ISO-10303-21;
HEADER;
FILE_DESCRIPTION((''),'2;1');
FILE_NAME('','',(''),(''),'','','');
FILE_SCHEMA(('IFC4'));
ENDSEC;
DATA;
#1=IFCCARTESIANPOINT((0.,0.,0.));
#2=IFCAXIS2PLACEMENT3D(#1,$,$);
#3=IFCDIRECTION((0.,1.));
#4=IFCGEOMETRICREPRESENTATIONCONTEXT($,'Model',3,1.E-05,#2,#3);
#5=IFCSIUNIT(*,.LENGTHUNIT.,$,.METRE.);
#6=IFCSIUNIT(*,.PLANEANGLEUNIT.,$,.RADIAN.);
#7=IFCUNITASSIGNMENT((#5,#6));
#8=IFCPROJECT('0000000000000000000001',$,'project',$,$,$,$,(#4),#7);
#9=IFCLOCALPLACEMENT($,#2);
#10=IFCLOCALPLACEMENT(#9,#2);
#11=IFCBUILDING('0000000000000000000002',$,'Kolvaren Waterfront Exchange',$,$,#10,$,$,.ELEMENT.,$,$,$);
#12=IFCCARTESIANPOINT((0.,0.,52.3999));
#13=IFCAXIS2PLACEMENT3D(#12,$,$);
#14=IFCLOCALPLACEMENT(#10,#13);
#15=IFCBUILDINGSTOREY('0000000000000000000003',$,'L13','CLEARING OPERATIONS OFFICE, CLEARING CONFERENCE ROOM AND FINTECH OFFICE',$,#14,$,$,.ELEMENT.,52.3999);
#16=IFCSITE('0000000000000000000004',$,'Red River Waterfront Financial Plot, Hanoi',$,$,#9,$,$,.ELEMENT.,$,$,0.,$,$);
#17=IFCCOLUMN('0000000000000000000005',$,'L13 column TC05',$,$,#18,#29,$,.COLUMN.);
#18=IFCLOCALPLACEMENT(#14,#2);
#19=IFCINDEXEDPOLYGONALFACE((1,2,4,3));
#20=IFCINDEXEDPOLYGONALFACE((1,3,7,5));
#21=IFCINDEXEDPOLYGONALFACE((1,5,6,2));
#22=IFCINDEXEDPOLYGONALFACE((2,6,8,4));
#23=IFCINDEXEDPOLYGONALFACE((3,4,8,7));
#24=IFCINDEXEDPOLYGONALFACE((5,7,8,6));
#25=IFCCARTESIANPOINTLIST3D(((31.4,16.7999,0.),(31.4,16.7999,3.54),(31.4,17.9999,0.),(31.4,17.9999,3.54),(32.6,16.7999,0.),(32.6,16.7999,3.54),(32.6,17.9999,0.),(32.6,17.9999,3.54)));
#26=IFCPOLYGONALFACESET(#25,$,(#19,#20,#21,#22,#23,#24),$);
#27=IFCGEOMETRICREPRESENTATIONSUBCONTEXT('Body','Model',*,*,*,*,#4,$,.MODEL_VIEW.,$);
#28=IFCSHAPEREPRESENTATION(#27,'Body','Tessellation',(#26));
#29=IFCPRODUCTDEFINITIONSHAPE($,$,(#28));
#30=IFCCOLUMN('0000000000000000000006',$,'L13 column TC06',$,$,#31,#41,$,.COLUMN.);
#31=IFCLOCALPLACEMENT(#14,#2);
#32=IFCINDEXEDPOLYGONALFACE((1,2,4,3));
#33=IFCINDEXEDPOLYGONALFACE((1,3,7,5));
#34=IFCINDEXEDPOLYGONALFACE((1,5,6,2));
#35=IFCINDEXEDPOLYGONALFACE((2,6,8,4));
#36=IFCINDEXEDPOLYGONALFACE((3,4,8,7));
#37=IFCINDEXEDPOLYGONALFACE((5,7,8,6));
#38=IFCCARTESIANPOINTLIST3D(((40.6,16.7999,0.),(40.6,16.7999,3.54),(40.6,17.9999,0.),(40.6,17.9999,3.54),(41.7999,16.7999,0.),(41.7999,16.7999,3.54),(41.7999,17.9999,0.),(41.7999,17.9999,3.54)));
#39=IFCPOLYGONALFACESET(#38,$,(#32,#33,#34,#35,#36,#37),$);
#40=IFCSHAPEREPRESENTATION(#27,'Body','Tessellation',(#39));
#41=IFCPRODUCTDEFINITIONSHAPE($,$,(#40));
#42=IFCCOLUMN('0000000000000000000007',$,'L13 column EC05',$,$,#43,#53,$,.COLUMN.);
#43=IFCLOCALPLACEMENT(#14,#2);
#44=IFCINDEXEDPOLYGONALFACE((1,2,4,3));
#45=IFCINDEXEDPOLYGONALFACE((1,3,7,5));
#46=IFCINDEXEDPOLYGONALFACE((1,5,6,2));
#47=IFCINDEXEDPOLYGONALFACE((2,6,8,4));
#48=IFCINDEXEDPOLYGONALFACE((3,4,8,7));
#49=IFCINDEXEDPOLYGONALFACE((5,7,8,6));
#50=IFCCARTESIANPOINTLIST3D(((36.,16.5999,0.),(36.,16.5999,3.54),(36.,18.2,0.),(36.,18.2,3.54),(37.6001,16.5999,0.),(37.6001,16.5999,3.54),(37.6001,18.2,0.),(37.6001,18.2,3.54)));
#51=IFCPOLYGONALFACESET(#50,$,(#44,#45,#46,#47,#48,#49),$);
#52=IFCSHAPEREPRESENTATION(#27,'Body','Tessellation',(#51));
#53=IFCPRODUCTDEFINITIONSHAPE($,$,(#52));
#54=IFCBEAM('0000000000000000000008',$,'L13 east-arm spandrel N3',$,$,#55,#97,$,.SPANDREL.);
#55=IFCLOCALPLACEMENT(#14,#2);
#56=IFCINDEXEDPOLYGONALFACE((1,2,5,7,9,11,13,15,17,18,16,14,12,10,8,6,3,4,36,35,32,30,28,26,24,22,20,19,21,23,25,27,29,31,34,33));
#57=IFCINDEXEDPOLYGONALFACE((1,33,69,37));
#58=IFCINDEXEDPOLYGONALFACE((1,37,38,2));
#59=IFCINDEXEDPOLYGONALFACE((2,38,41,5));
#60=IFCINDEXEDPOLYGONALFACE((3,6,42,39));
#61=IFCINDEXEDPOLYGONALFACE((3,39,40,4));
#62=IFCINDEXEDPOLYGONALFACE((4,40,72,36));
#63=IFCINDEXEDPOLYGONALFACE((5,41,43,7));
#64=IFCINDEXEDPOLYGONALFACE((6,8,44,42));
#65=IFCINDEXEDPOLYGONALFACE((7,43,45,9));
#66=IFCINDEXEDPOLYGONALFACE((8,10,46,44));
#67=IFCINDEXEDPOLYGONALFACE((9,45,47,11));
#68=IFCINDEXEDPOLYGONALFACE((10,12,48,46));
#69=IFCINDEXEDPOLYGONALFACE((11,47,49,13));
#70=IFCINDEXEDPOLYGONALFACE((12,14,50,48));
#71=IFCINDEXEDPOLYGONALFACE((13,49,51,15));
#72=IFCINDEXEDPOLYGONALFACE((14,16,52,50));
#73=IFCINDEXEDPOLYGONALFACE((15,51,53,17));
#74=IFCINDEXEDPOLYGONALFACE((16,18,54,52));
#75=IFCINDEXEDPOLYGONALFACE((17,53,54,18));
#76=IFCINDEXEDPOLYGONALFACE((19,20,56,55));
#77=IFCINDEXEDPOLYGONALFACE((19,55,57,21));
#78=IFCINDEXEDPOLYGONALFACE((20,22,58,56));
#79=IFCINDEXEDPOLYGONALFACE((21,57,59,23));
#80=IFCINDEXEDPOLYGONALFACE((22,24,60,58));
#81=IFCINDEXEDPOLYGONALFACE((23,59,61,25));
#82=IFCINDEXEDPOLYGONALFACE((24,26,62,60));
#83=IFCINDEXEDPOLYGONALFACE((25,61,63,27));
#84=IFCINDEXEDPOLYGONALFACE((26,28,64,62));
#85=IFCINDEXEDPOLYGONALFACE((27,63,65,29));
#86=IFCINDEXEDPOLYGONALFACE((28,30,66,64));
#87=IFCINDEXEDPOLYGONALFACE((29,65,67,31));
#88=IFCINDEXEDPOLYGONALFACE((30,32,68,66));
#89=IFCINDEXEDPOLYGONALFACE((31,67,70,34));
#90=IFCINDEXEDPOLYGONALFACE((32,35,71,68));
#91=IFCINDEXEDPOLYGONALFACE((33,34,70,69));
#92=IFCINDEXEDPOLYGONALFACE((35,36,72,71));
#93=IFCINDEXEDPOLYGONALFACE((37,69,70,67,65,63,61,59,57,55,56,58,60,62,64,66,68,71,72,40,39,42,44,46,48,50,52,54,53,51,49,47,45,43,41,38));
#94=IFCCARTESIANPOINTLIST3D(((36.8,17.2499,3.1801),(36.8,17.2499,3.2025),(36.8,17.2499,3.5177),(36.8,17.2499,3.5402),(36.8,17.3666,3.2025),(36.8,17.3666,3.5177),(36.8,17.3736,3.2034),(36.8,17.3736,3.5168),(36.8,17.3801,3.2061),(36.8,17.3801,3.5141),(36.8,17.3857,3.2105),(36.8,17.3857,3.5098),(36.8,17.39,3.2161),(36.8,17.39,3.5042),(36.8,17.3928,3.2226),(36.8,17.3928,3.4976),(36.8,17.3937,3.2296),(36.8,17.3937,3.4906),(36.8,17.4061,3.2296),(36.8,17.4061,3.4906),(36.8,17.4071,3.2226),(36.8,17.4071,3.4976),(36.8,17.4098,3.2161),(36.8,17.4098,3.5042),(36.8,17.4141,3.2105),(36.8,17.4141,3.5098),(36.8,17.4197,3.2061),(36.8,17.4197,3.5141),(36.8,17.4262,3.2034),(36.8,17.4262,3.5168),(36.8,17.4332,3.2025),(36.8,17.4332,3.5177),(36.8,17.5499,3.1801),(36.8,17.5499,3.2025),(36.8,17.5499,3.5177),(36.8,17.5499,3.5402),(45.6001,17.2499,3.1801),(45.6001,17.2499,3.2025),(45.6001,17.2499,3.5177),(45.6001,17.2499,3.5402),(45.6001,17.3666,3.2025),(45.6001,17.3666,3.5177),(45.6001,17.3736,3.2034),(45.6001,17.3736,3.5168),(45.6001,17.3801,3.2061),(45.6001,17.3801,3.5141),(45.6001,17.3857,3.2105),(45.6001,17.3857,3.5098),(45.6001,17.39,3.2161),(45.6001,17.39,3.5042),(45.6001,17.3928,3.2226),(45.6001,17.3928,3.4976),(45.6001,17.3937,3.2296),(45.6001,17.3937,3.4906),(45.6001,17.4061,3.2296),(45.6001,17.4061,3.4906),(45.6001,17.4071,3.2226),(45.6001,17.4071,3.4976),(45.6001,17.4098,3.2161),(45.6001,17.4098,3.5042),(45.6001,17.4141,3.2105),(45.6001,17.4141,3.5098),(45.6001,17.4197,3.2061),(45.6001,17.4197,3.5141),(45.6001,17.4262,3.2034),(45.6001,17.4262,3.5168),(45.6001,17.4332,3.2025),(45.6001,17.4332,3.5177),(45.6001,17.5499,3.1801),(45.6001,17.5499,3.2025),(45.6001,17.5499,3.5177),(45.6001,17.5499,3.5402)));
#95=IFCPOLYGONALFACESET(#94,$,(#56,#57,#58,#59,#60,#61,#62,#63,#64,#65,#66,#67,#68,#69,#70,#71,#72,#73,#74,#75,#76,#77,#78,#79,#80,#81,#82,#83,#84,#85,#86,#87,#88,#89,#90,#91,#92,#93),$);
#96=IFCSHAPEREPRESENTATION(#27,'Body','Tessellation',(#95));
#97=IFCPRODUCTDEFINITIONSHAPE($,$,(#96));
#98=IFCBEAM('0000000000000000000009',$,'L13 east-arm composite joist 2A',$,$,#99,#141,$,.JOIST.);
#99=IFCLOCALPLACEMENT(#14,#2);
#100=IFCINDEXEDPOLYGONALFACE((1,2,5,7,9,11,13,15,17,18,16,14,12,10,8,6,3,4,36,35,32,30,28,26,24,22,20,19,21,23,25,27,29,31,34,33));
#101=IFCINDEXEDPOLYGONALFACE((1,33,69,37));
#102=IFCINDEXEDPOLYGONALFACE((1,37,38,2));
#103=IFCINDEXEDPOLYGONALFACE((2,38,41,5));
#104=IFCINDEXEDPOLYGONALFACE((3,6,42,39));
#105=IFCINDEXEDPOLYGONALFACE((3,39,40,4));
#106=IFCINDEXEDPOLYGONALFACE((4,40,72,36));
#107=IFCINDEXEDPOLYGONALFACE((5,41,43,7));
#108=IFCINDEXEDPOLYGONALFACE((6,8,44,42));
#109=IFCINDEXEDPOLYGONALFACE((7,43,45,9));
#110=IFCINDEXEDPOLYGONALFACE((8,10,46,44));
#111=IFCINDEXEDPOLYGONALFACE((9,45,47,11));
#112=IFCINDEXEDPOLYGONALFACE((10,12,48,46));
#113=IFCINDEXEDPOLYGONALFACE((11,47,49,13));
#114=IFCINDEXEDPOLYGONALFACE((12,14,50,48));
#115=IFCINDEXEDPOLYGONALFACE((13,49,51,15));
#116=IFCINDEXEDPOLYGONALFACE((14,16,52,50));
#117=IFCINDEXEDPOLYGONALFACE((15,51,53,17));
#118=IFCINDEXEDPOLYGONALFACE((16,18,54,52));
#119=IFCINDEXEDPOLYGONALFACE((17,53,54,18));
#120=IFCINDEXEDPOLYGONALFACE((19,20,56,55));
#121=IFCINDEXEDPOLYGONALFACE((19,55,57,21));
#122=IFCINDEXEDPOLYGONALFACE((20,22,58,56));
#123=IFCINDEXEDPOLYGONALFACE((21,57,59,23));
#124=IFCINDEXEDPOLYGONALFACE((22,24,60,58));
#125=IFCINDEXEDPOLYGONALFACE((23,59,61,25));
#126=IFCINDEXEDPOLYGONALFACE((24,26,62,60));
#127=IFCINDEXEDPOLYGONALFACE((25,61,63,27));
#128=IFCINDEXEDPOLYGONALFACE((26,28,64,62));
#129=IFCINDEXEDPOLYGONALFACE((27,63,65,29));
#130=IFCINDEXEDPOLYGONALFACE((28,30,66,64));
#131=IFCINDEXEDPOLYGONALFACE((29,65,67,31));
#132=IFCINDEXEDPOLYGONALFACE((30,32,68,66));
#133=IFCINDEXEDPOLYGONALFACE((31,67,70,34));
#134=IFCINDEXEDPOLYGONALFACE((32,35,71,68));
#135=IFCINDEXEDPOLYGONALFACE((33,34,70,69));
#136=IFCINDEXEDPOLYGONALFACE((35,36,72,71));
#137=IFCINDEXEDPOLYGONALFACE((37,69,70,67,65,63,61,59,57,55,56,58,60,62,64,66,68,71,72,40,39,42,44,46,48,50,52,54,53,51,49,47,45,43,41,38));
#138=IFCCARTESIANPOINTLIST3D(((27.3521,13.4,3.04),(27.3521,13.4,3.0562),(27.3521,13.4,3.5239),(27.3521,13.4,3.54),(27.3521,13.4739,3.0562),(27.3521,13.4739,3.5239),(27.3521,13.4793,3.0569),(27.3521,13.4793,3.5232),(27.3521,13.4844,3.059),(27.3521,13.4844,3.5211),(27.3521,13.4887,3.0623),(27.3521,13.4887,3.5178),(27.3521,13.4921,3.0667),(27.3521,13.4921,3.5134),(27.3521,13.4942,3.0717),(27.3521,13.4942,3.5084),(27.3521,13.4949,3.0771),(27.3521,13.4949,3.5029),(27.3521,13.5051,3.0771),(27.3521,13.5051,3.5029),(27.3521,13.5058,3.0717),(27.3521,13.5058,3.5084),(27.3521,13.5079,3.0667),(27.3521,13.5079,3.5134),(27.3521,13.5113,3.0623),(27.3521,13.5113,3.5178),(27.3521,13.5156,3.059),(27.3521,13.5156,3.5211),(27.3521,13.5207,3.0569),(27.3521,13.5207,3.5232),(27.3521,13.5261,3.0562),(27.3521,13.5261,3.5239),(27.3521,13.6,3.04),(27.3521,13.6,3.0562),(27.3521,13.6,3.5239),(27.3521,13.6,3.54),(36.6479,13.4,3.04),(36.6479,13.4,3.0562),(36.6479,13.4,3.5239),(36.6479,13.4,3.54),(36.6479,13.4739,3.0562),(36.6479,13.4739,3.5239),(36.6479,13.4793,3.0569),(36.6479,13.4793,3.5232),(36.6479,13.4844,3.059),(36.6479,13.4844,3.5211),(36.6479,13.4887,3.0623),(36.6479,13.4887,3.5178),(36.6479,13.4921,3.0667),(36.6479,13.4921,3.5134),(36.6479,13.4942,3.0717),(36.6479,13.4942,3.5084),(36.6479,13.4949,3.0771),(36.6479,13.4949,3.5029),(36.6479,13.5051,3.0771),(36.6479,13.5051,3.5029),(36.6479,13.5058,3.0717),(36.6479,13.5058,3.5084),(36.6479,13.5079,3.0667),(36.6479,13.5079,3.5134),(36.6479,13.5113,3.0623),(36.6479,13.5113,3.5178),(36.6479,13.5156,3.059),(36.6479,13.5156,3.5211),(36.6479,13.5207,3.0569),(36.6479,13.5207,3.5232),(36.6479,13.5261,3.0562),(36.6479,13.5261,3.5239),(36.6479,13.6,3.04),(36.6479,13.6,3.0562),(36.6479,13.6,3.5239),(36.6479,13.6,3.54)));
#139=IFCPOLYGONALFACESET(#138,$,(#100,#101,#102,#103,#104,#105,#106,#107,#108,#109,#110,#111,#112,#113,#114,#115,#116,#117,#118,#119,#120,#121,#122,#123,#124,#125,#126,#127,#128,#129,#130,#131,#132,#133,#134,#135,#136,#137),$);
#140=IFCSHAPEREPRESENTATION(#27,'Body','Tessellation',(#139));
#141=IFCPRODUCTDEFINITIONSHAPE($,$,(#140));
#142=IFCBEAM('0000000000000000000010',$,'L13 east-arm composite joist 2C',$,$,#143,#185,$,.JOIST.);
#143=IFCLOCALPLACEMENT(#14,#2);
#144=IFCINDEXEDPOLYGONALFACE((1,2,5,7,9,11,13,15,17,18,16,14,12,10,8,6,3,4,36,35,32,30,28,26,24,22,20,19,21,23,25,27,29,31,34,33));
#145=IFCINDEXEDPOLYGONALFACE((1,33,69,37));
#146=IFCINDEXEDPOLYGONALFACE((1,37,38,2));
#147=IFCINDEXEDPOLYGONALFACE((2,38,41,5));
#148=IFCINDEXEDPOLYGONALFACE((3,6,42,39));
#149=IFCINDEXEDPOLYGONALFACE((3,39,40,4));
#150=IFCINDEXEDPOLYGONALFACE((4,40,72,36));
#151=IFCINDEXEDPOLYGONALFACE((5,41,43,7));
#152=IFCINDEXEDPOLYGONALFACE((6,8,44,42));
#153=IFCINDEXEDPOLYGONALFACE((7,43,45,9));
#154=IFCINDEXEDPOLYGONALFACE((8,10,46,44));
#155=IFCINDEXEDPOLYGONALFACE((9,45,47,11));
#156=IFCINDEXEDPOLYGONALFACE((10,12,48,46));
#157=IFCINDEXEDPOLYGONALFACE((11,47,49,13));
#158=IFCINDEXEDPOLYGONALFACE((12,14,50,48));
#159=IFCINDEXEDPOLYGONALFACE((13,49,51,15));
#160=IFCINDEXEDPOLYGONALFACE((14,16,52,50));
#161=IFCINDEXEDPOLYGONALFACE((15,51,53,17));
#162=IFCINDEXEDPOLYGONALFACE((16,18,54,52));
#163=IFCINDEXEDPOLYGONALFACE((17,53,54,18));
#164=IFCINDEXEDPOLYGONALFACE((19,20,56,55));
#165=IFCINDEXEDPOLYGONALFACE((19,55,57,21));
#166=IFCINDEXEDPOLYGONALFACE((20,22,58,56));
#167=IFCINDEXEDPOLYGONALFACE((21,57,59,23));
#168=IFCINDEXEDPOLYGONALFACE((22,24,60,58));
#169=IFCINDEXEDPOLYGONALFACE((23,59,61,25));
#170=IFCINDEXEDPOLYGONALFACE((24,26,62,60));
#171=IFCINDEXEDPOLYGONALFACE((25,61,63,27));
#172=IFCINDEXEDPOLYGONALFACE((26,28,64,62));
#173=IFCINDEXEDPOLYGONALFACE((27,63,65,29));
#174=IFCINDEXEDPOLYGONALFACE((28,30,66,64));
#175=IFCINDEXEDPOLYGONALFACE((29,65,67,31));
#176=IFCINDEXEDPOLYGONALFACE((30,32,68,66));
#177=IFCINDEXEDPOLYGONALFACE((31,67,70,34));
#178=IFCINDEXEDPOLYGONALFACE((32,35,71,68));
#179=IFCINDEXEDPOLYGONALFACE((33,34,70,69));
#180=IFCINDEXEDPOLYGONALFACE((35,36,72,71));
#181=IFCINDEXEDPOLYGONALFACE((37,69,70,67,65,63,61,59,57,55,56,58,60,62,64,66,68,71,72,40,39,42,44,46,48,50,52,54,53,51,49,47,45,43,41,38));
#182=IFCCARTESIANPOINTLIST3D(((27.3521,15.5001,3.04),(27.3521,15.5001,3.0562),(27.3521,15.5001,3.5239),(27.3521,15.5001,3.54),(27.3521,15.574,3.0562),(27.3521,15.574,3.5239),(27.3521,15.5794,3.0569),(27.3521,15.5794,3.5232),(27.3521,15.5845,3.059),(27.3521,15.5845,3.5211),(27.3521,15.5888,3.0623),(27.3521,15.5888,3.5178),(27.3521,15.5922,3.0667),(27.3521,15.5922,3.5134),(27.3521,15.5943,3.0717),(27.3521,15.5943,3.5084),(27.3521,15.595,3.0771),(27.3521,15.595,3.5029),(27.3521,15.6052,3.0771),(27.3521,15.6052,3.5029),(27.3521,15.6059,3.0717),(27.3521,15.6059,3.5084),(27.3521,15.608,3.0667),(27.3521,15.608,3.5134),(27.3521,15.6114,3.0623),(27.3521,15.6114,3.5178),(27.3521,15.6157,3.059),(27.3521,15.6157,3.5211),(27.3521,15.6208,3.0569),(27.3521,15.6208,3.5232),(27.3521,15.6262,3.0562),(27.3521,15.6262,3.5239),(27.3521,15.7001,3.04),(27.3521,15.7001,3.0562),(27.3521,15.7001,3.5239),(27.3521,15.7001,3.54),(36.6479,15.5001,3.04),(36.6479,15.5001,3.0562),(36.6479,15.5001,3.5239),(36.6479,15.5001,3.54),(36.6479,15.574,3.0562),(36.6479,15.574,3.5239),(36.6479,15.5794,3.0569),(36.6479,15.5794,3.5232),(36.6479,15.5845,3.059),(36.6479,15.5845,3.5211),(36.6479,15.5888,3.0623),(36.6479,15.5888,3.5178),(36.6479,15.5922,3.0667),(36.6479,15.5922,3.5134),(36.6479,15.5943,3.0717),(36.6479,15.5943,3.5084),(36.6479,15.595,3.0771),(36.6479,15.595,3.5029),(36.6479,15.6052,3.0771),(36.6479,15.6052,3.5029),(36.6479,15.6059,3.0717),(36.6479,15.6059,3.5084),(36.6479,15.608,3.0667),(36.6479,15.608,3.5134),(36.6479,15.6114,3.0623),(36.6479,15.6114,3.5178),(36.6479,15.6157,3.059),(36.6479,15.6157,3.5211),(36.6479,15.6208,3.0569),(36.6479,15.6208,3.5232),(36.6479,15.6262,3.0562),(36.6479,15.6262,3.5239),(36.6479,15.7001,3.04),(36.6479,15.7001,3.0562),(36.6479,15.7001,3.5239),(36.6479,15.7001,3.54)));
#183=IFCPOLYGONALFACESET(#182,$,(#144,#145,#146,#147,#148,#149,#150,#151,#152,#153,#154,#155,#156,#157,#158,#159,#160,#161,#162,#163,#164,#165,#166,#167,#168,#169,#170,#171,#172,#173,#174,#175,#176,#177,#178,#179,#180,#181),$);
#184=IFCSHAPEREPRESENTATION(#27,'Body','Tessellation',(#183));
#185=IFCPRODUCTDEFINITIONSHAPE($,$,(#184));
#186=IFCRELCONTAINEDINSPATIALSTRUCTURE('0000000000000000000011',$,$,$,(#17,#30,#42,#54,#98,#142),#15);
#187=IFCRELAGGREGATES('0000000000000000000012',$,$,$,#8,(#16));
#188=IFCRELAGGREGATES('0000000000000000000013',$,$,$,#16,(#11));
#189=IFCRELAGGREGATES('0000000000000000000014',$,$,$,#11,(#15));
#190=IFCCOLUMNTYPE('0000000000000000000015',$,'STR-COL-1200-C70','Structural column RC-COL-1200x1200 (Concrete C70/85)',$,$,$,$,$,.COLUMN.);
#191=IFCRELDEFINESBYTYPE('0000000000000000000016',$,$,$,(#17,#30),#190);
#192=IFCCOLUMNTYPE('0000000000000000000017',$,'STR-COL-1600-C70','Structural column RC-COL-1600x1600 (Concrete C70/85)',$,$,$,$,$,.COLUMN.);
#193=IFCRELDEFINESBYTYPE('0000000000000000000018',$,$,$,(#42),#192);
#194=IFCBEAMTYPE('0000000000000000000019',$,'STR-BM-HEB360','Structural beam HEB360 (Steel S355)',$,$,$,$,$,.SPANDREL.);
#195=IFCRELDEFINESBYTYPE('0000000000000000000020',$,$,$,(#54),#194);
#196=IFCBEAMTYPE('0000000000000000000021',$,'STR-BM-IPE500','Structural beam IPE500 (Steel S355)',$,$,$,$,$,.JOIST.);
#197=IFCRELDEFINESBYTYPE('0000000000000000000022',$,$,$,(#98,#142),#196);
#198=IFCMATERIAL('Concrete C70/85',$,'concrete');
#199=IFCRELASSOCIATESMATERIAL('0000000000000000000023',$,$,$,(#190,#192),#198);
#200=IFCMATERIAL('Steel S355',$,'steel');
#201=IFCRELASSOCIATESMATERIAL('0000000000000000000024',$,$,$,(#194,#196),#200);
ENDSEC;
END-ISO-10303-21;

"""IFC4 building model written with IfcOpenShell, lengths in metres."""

from ifc_helpers import new_model, si_unit, direction, frame, origin, origin_2d, place, context, subcontext, project, spatial, rectangle, i_section, extrude, material, material_profile, profile_set, type_object, element, save


model = new_model("IFC4")

# Units and contexts
model_context = context("Model", 3, precision=1e-05, world=origin(), true_north=direction((0.0, 1.0)))
body_context = subcontext(model_context, "Body", "Model", "MODEL_VIEW")
ifc_project = project(units=[si_unit("LENGTHUNIT", "METRE"), si_unit("PLANEANGLEUNIT", "RADIAN")], contexts=[model_context])

# Site, building, storey
site_placement = place(None, origin())
site = spatial("IfcSite", under=ifc_project, at=site_placement, Name="Red River Waterfront Financial Plot, Hanoi", CompositionType="ELEMENT", RefElevation=0.0)
building_placement = place(site_placement, origin())
building = spatial("IfcBuilding", under=site, at=building_placement, Name="Kolvaren Waterfront Exchange", CompositionType="ELEMENT")
storey_placement = place(building_placement, frame((0.0, 0.0, 52.3999)))
storey = spatial("IfcBuildingStorey", under=building, at=storey_placement, Name="L13", Description="CLEARING OPERATIONS OFFICE, CLEARING CONFERENCE ROOM AND FINTECH OFFICE", CompositionType="ELEMENT", Elevation=52.3999)

# Columns
ifc_material_1 = material(Name="Concrete C70/85", Category="concrete")
ifc_material_profile_1 = material_profile(ifc_material_1, rectangle(XDim=1.2, YDim=1.2, at=origin_2d()), Name="RC-COL-1200x1200")
ifc_profile_set_1 = profile_set([ifc_material_profile_1], Name="Concrete C70/85")
column_type_1 = type_object("IfcColumnType", Name="STR-COL-1200-C70", Description="Structural column RC-COL-1200x1200 (Concrete C70/85)", PredefinedType="COLUMN", material=ifc_profile_set_1)
for number, where, z_axis, x_axis, name in (
    (1, (32.0, 17.3999, 0.0), (0.0, 0.0, 1.0), (1.0, 0.0, 0.0), "L13 column TC05"),
    (2, (41.2, 17.3999, 0.0), (0.0, 0.0, 1.0), (1.0, 0.0, 0.0), "L13 column TC06"),
):
    element("IfcColumn", number, at=place(storey_placement, frame(where, z_axis=z_axis, x_axis=x_axis)), inside=storey, type_object=column_type_1, Name=name, PredefinedType="COLUMN", context=body_context, shape_type="SweptSolid", body=[
        extrude(rectangle(XDim=1.2, YDim=1.2, at=origin_2d()), origin(), (0.0, 0.0, 1.0), 3.54),
    ])
ifc_material_profile_2 = material_profile(ifc_material_1, rectangle(XDim=1.6001, YDim=1.6001, at=origin_2d()), Name="RC-COL-1600x1600")
ifc_profile_set_2 = profile_set([ifc_material_profile_2], Name="Concrete C70/85")
column_type_2 = type_object("IfcColumnType", Name="STR-COL-1600-C70", Description="Structural column RC-COL-1600x1600 (Concrete C70/85)", PredefinedType="COLUMN", material=ifc_profile_set_2)
column_placement = place(storey_placement, frame((36.8, 17.3999, 0.0), z_axis=(0.0, 0.0, 1.0), x_axis=(1.0, 0.0, 0.0)))
element("IfcColumn", 3, at=column_placement, inside=storey, type_object=column_type_2, Name="L13 column EC05", PredefinedType="COLUMN", context=body_context, shape_type="SweptSolid", body=[
    extrude(rectangle(XDim=1.6001, YDim=1.6001, at=origin_2d()), origin(), (0.0, 0.0, 1.0), 3.54),
])

# Beams
ifc_material_2 = material(Name="Steel S355", Category="steel")
ifc_material_profile_3 = material_profile(ifc_material_2, i_section(OverallWidth=0.3, OverallDepth=0.3601, WebThickness=0.0125, FlangeThickness=0.0225, FilletRadius=0.0271, at=origin_2d()), Name="HEB360")
ifc_profile_set_3 = profile_set([ifc_material_profile_3], Name="Steel S355")
beam_type_1 = type_object("IfcBeamType", Name="STR-BM-HEB360", Description="Structural beam HEB360 (Steel S355)", PredefinedType="SPANDREL", material=ifc_profile_set_3)
beam_placement = place(storey_placement, frame((36.8, 17.3999, 3.3601), z_axis=(1.0, 0.0, 0.0), x_axis=(0.0, 1.0, 0.0)))
element("IfcBeam", 4, at=beam_placement, inside=storey, type_object=beam_type_1, Name="L13 east-arm spandrel N3", PredefinedType="SPANDREL", context=body_context, shape_type="SweptSolid", body=[
    extrude(i_section(OverallWidth=0.3, OverallDepth=0.3601, WebThickness=0.0125, FlangeThickness=0.0225, FilletRadius=0.0271, at=origin_2d()), origin(), (0.0, 0.0, 1.0), 8.8),
])
ifc_material_profile_4 = material_profile(ifc_material_2, i_section(OverallWidth=0.2, OverallDepth=0.5, WebThickness=0.0103, FlangeThickness=0.0161, FilletRadius=0.021, at=origin_2d()), Name="IPE500")
ifc_profile_set_4 = profile_set([ifc_material_profile_4], Name="Steel S355")
beam_type_2 = type_object("IfcBeamType", Name="STR-BM-IPE500", Description="Structural beam IPE500 (Steel S355)", PredefinedType="JOIST", material=ifc_profile_set_4)
for number, where, z_axis, x_axis, name in (
    (5, (27.3521, 13.5, 3.29), (1.0, 0.0, 0.0), (0.0, 1.0, 0.0), "L13 east-arm composite joist 2A"),
    (6, (27.3521, 15.6001, 3.29), (1.0, 0.0, 0.0), (0.0, 1.0, 0.0), "L13 east-arm composite joist 2C"),
):
    element("IfcBeam", number, at=place(storey_placement, frame(where, z_axis=z_axis, x_axis=x_axis)), inside=storey, type_object=beam_type_2, Name=name, PredefinedType="JOIST", context=body_context, shape_type="SweptSolid", body=[
        extrude(i_section(OverallWidth=0.2, OverallDepth=0.5, WebThickness=0.0103, FlangeThickness=0.0161, FilletRadius=0.021, at=origin_2d()), origin(), (0.0, 0.0, 1.0), 9.2959),
    ])

save(model, "model.ifc")
